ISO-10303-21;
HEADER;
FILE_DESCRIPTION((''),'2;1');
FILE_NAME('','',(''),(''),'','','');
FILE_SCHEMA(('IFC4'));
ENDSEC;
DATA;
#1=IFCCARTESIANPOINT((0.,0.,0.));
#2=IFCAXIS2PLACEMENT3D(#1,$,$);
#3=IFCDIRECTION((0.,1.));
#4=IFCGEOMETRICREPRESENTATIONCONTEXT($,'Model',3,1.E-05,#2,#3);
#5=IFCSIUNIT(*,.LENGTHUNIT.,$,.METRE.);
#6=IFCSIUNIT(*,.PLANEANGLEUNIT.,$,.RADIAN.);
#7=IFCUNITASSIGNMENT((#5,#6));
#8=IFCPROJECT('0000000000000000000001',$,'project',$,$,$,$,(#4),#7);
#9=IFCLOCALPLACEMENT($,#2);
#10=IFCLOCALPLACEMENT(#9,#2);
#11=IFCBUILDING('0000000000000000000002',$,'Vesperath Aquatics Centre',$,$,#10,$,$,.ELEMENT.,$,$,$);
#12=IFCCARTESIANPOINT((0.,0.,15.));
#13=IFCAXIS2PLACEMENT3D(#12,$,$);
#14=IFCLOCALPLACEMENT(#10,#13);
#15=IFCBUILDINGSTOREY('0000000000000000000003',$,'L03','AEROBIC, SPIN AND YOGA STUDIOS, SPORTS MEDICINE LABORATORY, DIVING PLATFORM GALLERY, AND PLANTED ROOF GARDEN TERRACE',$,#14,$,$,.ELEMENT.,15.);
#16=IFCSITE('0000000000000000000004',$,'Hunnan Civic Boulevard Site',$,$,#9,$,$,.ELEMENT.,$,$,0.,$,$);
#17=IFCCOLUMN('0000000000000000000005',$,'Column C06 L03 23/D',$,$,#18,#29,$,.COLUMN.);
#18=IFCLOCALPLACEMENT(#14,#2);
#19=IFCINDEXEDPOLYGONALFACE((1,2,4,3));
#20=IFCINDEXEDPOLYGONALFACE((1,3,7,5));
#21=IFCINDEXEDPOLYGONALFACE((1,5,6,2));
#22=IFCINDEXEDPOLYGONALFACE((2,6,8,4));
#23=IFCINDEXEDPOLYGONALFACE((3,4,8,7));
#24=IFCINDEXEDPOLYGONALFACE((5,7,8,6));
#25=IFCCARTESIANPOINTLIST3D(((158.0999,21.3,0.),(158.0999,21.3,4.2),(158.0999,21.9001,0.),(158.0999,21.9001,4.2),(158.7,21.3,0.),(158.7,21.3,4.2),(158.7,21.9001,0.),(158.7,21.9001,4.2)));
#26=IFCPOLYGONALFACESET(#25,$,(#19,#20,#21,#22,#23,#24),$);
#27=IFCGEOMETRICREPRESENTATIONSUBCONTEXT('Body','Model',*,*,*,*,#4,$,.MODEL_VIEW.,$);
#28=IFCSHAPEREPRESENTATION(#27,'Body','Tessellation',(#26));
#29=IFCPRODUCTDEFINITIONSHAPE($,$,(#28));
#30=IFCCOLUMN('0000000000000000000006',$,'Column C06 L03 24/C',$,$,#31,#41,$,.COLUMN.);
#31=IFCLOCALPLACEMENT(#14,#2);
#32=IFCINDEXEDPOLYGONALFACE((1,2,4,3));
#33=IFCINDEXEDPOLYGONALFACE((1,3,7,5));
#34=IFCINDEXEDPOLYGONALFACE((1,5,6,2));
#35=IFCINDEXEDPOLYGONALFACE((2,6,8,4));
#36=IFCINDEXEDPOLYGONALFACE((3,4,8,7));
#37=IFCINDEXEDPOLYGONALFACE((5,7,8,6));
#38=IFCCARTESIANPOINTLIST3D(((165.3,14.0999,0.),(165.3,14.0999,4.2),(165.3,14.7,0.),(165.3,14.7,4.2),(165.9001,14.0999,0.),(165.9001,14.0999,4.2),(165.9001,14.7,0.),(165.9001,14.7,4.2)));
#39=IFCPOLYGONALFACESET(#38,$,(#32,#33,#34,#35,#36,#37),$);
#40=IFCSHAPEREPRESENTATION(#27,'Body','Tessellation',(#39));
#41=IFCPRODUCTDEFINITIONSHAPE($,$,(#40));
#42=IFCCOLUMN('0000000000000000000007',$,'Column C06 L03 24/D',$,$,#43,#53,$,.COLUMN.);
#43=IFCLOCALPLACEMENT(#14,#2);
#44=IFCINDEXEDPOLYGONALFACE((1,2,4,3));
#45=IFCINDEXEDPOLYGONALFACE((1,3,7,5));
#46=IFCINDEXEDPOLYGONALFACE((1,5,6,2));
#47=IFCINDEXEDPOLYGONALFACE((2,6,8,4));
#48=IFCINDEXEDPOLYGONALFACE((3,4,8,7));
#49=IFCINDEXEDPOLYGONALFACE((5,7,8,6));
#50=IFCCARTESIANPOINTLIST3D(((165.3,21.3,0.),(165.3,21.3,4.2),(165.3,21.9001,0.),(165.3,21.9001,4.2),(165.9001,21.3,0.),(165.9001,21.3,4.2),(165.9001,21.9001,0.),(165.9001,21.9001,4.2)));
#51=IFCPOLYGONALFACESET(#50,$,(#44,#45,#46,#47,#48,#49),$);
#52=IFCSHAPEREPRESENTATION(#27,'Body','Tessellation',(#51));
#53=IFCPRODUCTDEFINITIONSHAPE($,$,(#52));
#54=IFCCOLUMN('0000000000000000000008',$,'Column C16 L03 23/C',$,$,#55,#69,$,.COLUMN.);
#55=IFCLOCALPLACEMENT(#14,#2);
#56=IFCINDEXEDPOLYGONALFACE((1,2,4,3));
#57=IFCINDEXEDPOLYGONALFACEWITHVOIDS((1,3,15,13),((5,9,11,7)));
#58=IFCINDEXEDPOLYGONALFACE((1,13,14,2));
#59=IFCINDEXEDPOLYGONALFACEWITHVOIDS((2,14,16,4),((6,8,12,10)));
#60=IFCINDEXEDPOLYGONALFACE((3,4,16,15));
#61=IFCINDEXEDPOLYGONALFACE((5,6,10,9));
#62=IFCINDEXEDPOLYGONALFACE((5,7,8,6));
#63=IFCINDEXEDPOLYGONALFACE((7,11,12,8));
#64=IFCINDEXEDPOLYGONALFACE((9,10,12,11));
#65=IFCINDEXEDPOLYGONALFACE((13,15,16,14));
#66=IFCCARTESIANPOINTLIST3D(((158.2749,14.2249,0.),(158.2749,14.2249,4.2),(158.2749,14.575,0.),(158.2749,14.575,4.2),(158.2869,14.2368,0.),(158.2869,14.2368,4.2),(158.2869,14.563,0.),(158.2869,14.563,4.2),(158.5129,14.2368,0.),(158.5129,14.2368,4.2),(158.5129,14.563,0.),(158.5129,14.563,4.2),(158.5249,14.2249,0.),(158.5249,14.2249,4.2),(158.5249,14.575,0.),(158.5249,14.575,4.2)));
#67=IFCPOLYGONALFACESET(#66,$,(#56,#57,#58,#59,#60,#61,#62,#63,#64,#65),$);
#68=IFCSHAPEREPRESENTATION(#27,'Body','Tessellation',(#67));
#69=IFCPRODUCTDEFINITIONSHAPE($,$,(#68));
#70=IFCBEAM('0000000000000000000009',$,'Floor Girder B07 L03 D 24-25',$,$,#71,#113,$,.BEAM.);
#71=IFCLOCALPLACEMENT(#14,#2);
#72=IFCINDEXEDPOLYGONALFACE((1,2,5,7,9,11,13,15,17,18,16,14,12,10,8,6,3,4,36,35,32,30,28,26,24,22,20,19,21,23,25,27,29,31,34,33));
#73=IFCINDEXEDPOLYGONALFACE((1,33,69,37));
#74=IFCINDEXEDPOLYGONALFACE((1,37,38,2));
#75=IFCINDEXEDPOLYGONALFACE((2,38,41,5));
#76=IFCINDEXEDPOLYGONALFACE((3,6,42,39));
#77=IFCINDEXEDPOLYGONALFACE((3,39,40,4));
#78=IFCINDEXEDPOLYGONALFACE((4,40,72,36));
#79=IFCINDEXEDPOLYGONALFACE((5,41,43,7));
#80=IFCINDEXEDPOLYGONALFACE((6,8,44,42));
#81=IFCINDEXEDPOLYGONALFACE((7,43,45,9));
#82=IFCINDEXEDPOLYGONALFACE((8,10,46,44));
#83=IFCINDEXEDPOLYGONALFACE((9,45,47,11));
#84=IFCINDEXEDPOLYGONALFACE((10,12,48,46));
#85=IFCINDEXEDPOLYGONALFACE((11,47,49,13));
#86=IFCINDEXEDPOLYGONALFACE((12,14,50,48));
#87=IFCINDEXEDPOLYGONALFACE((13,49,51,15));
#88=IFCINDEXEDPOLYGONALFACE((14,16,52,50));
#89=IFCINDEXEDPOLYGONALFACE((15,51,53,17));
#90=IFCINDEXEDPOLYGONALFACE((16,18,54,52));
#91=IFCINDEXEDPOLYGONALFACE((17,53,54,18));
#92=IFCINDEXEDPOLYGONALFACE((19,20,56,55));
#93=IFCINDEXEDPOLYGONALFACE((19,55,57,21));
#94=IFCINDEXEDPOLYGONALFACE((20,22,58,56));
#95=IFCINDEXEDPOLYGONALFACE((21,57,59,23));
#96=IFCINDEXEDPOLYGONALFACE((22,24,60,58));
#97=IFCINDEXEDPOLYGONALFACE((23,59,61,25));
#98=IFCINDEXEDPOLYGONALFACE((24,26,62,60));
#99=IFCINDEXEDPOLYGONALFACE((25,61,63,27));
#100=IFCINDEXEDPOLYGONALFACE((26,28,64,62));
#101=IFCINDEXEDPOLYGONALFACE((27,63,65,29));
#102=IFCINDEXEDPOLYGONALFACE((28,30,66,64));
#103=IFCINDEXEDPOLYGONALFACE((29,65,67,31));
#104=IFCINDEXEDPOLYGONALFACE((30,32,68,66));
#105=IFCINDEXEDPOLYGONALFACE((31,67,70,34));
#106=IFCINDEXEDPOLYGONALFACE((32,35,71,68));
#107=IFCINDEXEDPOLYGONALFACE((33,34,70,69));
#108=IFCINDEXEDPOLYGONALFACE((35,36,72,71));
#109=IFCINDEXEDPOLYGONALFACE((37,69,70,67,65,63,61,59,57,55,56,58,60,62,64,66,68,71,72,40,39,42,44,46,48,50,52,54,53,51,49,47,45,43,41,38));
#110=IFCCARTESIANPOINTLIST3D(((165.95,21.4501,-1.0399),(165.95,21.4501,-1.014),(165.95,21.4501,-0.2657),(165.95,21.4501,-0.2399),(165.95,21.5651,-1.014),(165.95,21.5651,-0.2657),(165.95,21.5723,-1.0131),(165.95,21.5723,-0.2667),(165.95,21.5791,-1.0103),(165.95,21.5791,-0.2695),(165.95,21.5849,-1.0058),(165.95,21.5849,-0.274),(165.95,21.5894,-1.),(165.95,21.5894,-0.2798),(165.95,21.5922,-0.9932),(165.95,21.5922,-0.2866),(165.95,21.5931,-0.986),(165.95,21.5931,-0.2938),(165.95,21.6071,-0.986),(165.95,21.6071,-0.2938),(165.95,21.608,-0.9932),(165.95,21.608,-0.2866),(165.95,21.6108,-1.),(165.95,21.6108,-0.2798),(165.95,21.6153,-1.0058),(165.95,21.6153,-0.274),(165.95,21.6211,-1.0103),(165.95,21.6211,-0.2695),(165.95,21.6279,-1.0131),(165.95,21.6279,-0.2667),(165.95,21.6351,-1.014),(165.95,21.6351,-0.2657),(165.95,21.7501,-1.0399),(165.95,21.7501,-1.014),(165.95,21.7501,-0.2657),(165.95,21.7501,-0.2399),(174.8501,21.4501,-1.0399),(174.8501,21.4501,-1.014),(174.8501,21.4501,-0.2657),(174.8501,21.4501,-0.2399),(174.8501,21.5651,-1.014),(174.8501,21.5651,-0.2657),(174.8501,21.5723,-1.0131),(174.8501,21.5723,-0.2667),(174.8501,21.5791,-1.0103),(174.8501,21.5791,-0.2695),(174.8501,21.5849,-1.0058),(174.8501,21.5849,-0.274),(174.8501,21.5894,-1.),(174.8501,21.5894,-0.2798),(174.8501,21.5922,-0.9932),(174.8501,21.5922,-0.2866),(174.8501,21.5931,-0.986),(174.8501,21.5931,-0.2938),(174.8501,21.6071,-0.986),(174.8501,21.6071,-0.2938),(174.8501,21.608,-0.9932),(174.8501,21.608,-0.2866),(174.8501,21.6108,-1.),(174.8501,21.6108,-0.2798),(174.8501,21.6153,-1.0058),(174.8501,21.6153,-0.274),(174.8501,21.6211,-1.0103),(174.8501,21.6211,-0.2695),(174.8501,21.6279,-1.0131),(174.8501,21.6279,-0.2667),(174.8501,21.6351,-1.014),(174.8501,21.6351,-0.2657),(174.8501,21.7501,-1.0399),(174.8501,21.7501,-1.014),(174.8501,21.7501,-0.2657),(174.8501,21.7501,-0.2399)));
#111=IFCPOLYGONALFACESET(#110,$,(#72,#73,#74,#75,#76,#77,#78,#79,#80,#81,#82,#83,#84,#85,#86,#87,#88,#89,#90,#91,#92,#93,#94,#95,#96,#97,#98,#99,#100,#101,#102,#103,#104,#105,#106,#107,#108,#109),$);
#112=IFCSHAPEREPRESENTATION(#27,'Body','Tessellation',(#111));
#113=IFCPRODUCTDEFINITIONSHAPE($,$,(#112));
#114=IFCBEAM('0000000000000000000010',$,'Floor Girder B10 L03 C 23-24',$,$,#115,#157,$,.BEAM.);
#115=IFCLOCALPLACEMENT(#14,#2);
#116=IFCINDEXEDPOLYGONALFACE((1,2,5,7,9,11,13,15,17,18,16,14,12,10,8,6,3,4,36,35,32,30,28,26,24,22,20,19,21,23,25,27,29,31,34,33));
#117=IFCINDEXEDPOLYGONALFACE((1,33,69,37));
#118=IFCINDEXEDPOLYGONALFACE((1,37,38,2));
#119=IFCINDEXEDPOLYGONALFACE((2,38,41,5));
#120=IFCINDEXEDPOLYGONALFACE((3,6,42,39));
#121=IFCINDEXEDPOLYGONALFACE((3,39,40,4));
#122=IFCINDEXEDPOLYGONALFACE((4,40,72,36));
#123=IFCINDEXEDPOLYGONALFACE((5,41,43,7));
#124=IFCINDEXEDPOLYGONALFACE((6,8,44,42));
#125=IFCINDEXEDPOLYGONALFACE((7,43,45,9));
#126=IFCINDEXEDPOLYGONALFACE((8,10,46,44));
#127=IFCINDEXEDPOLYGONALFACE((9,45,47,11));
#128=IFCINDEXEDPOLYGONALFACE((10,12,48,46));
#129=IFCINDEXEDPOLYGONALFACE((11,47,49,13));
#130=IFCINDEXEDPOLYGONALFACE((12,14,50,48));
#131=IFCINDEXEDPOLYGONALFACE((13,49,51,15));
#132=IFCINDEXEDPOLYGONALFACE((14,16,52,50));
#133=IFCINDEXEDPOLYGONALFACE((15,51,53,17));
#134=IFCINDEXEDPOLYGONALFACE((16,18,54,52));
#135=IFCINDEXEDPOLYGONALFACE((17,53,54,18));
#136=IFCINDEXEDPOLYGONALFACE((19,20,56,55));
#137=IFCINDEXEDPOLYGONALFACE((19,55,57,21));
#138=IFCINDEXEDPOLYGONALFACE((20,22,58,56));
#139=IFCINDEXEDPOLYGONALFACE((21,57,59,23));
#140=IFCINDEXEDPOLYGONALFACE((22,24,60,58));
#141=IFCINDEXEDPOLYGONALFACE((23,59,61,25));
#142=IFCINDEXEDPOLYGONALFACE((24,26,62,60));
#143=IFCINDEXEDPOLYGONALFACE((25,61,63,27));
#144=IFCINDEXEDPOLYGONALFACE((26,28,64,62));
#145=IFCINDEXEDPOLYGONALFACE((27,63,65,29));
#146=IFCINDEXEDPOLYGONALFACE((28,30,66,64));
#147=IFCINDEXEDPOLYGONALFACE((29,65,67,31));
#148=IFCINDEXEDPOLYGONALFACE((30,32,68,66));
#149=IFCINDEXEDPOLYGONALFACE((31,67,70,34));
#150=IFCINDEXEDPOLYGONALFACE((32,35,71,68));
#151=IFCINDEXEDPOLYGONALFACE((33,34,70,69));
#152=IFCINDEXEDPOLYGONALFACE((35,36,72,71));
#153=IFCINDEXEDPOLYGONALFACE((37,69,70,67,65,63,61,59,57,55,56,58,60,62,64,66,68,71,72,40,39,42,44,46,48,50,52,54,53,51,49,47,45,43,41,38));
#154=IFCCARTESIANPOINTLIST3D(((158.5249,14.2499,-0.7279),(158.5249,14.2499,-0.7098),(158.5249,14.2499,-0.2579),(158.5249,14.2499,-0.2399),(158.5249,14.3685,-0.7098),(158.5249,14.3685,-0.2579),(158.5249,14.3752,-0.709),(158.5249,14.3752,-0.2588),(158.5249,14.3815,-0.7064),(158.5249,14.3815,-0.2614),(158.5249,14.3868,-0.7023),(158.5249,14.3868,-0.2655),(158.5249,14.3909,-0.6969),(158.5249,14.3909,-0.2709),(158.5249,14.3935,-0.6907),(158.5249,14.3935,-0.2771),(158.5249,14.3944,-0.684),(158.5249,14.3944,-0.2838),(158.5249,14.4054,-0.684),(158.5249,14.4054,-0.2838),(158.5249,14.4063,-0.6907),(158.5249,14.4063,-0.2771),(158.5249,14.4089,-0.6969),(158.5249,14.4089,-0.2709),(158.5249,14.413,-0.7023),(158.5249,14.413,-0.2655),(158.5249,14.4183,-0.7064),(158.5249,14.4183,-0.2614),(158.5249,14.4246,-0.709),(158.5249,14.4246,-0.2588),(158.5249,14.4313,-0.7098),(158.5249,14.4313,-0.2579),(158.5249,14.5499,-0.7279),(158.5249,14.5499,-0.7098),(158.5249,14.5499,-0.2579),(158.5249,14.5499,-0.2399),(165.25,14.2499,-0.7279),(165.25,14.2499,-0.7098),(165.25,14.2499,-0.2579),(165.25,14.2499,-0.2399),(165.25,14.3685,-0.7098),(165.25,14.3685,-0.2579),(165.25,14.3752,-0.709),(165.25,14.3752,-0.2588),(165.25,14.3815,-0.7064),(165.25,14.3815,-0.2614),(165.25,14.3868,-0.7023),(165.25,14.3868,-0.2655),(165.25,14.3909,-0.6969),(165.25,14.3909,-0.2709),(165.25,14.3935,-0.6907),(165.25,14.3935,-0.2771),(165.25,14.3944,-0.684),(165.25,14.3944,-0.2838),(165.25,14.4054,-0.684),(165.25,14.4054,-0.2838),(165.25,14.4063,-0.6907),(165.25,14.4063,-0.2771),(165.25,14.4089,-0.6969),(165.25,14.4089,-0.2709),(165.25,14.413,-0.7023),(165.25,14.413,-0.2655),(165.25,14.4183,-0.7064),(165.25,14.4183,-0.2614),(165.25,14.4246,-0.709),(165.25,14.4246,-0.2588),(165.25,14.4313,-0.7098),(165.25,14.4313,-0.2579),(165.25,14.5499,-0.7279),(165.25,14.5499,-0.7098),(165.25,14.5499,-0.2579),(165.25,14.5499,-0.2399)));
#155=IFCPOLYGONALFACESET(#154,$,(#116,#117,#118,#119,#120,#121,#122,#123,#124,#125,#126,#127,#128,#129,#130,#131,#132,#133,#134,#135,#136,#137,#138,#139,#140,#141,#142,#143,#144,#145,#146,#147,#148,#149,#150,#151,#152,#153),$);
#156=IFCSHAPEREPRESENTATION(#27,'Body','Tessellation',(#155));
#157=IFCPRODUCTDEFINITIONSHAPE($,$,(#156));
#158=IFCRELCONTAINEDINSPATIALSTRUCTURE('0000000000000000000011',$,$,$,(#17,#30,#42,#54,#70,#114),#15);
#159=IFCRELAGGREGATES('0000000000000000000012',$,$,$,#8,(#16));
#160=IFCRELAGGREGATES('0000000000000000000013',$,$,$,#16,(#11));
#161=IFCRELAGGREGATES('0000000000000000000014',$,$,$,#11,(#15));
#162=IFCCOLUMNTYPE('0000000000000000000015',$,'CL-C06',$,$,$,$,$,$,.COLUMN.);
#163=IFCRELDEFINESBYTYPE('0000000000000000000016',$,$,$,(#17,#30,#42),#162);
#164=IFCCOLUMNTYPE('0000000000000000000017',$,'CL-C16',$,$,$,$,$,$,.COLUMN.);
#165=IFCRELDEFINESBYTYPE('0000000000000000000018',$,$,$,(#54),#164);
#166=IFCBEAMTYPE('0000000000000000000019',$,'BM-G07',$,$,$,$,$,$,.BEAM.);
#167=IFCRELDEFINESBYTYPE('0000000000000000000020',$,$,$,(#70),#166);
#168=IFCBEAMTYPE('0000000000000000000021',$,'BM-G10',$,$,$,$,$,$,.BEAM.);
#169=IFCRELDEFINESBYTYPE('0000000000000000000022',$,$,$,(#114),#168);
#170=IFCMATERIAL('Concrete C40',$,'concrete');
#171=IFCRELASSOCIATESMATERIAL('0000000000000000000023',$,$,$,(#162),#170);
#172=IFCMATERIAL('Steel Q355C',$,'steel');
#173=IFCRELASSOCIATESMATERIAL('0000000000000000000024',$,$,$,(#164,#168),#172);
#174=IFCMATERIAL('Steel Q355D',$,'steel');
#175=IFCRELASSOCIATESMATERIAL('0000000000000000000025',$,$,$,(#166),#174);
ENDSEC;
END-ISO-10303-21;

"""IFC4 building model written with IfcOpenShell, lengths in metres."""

from ifc_helpers import new_model, si_unit, direction, frame, origin, origin_2d, place, context, subcontext, project, spatial, rectangle, hollow_rectangle, i_section, extrude, material, material_profile, profile_set, type_object, element, save


model = new_model("IFC4")

# Units and contexts
model_context = context("Model", 3, precision=1e-05, world=origin(), true_north=direction((0.0, 1.0)))
body_context = subcontext(model_context, "Body", "Model", "MODEL_VIEW")
ifc_project = project(units=[si_unit("LENGTHUNIT", "METRE"), si_unit("PLANEANGLEUNIT", "RADIAN")], contexts=[model_context])

# Site, building, storey
site_placement = place(None, origin())
site = spatial("IfcSite", under=ifc_project, at=site_placement, Name="Hunnan Civic Boulevard Site", CompositionType="ELEMENT", RefElevation=0.0)
building_placement = place(site_placement, origin())
building = spatial("IfcBuilding", under=site, at=building_placement, Name="Vesperath Aquatics Centre", CompositionType="ELEMENT")
storey_placement = place(building_placement, frame((0.0, 0.0, 15.0)))
storey = spatial("IfcBuildingStorey", under=building, at=storey_placement, Name="L03", Description="AEROBIC, SPIN AND YOGA STUDIOS, SPORTS MEDICINE LABORATORY, DIVING PLATFORM GALLERY, AND PLANTED ROOF GARDEN TERRACE", CompositionType="ELEMENT", Elevation=15.0)

# Columns
ifc_material_1 = material(Name="Concrete C40", Category="concrete")
ifc_material_profile_1 = material_profile(ifc_material_1, rectangle(XDim=0.6001, YDim=0.6001, at=origin_2d()), Name="RC 600x600")
ifc_profile_set_1 = profile_set([ifc_material_profile_1], Name="Concrete C40")
column_type_1 = type_object("IfcColumnType", Name="CL-C06", PredefinedType="COLUMN", material=ifc_profile_set_1)
for number, where, z_axis, x_axis, name in (
    (1, (158.3999, 21.6001, 0.0), (0.0, 0.0, 1.0), (1.0, 0.0, 0.0), "Column C06 L03 23/D"),
    (2, (165.6001, 14.3999, 0.0), (0.0, 0.0, 1.0), (1.0, 0.0, 0.0), "Column C06 L03 24/C"),
    (3, (165.6001, 21.6001, 0.0), (0.0, 0.0, 1.0), (1.0, 0.0, 0.0), "Column C06 L03 24/D"),
):
    element("IfcColumn", number, at=place(storey_placement, frame(where, z_axis=z_axis, x_axis=x_axis)), inside=storey, type_object=column_type_1, Name=name, PredefinedType="COLUMN", context=body_context, shape_type="SweptSolid", body=[
        extrude(rectangle(XDim=0.6001, YDim=0.6001, at=origin_2d()), origin(), (0.0, 0.0, 1.0), 4.2),
    ])
ifc_material_2 = material(Name="Steel Q355C", Category="steel")
ifc_material_profile_2 = material_profile(ifc_material_2, hollow_rectangle(XDim=0.25, YDim=0.3501, WallThickness=0.012, at=origin_2d()), Name="RHS 350x250x12")
ifc_profile_set_2 = profile_set([ifc_material_profile_2], Name="Steel Q355C")
column_type_2 = type_object("IfcColumnType", Name="CL-C16", PredefinedType="COLUMN", material=ifc_profile_set_2)
column_placement = place(storey_placement, frame((158.3999, 14.3999, 0.0), z_axis=(0.0, 0.0, 1.0), x_axis=(1.0, 0.0, 0.0)))
element("IfcColumn", 4, at=column_placement, inside=storey, type_object=column_type_2, Name="Column C16 L03 23/C", PredefinedType="COLUMN", context=body_context, shape_type="SweptSolid", body=[
    extrude(hollow_rectangle(XDim=0.25, YDim=0.3501, WallThickness=0.012, at=origin_2d()), origin(), (0.0, 0.0, 1.0), 4.2),
])

# Beams
ifc_material_3 = material(Name="Steel Q355D", Category="steel")
ifc_material_profile_3 = material_profile(ifc_material_3, i_section(OverallWidth=0.3, OverallDepth=0.8, WebThickness=0.0139, FlangeThickness=0.0259, FilletRadius=0.0281, at=origin_2d()), Name="HN 800x300x14x26")
ifc_profile_set_3 = profile_set([ifc_material_profile_3], Name="Steel Q355D")
beam_type_1 = type_object("IfcBeamType", Name="BM-G07", PredefinedType="BEAM", material=ifc_profile_set_3)
beam_1_placement = place(storey_placement, frame((165.95, 21.6001, -0.6399), z_axis=(1.0, 0.0, 0.0), x_axis=(0.0, 1.0, 0.0)))
element("IfcBeam", 5, at=beam_1_placement, inside=storey, type_object=beam_type_1, Name="Floor Girder B07 L03 D 24-25", PredefinedType="BEAM", context=body_context, shape_type="SweptSolid", body=[
    extrude(i_section(OverallWidth=0.3, OverallDepth=0.8, WebThickness=0.0139, FlangeThickness=0.0259, FilletRadius=0.0281, at=origin_2d()), origin(), (0.0, 0.0, 1.0), 8.9001),
])
ifc_material_profile_4 = material_profile(ifc_material_2, i_section(OverallWidth=0.3, OverallDepth=0.488, WebThickness=0.011, FlangeThickness=0.0181, FilletRadius=0.0259, at=origin_2d()), Name="HM 488x300x11x18")
ifc_profile_set_4 = profile_set([ifc_material_profile_4], Name="Steel Q355C")
beam_type_2 = type_object("IfcBeamType", Name="BM-G10", PredefinedType="BEAM", material=ifc_profile_set_4)
beam_2_placement = place(storey_placement, frame((158.5249, 14.3999, -0.4839), z_axis=(1.0, 0.0, 0.0), x_axis=(0.0, 1.0, 0.0)))
element("IfcBeam", 6, at=beam_2_placement, inside=storey, type_object=beam_type_2, Name="Floor Girder B10 L03 C 23-24", PredefinedType="BEAM", context=body_context, shape_type="SweptSolid", body=[
    extrude(i_section(OverallWidth=0.3, OverallDepth=0.488, WebThickness=0.011, FlangeThickness=0.0181, FilletRadius=0.0259, at=origin_2d()), origin(), (0.0, 0.0, 1.0), 6.7251),
])

save(model, "model.ifc")
